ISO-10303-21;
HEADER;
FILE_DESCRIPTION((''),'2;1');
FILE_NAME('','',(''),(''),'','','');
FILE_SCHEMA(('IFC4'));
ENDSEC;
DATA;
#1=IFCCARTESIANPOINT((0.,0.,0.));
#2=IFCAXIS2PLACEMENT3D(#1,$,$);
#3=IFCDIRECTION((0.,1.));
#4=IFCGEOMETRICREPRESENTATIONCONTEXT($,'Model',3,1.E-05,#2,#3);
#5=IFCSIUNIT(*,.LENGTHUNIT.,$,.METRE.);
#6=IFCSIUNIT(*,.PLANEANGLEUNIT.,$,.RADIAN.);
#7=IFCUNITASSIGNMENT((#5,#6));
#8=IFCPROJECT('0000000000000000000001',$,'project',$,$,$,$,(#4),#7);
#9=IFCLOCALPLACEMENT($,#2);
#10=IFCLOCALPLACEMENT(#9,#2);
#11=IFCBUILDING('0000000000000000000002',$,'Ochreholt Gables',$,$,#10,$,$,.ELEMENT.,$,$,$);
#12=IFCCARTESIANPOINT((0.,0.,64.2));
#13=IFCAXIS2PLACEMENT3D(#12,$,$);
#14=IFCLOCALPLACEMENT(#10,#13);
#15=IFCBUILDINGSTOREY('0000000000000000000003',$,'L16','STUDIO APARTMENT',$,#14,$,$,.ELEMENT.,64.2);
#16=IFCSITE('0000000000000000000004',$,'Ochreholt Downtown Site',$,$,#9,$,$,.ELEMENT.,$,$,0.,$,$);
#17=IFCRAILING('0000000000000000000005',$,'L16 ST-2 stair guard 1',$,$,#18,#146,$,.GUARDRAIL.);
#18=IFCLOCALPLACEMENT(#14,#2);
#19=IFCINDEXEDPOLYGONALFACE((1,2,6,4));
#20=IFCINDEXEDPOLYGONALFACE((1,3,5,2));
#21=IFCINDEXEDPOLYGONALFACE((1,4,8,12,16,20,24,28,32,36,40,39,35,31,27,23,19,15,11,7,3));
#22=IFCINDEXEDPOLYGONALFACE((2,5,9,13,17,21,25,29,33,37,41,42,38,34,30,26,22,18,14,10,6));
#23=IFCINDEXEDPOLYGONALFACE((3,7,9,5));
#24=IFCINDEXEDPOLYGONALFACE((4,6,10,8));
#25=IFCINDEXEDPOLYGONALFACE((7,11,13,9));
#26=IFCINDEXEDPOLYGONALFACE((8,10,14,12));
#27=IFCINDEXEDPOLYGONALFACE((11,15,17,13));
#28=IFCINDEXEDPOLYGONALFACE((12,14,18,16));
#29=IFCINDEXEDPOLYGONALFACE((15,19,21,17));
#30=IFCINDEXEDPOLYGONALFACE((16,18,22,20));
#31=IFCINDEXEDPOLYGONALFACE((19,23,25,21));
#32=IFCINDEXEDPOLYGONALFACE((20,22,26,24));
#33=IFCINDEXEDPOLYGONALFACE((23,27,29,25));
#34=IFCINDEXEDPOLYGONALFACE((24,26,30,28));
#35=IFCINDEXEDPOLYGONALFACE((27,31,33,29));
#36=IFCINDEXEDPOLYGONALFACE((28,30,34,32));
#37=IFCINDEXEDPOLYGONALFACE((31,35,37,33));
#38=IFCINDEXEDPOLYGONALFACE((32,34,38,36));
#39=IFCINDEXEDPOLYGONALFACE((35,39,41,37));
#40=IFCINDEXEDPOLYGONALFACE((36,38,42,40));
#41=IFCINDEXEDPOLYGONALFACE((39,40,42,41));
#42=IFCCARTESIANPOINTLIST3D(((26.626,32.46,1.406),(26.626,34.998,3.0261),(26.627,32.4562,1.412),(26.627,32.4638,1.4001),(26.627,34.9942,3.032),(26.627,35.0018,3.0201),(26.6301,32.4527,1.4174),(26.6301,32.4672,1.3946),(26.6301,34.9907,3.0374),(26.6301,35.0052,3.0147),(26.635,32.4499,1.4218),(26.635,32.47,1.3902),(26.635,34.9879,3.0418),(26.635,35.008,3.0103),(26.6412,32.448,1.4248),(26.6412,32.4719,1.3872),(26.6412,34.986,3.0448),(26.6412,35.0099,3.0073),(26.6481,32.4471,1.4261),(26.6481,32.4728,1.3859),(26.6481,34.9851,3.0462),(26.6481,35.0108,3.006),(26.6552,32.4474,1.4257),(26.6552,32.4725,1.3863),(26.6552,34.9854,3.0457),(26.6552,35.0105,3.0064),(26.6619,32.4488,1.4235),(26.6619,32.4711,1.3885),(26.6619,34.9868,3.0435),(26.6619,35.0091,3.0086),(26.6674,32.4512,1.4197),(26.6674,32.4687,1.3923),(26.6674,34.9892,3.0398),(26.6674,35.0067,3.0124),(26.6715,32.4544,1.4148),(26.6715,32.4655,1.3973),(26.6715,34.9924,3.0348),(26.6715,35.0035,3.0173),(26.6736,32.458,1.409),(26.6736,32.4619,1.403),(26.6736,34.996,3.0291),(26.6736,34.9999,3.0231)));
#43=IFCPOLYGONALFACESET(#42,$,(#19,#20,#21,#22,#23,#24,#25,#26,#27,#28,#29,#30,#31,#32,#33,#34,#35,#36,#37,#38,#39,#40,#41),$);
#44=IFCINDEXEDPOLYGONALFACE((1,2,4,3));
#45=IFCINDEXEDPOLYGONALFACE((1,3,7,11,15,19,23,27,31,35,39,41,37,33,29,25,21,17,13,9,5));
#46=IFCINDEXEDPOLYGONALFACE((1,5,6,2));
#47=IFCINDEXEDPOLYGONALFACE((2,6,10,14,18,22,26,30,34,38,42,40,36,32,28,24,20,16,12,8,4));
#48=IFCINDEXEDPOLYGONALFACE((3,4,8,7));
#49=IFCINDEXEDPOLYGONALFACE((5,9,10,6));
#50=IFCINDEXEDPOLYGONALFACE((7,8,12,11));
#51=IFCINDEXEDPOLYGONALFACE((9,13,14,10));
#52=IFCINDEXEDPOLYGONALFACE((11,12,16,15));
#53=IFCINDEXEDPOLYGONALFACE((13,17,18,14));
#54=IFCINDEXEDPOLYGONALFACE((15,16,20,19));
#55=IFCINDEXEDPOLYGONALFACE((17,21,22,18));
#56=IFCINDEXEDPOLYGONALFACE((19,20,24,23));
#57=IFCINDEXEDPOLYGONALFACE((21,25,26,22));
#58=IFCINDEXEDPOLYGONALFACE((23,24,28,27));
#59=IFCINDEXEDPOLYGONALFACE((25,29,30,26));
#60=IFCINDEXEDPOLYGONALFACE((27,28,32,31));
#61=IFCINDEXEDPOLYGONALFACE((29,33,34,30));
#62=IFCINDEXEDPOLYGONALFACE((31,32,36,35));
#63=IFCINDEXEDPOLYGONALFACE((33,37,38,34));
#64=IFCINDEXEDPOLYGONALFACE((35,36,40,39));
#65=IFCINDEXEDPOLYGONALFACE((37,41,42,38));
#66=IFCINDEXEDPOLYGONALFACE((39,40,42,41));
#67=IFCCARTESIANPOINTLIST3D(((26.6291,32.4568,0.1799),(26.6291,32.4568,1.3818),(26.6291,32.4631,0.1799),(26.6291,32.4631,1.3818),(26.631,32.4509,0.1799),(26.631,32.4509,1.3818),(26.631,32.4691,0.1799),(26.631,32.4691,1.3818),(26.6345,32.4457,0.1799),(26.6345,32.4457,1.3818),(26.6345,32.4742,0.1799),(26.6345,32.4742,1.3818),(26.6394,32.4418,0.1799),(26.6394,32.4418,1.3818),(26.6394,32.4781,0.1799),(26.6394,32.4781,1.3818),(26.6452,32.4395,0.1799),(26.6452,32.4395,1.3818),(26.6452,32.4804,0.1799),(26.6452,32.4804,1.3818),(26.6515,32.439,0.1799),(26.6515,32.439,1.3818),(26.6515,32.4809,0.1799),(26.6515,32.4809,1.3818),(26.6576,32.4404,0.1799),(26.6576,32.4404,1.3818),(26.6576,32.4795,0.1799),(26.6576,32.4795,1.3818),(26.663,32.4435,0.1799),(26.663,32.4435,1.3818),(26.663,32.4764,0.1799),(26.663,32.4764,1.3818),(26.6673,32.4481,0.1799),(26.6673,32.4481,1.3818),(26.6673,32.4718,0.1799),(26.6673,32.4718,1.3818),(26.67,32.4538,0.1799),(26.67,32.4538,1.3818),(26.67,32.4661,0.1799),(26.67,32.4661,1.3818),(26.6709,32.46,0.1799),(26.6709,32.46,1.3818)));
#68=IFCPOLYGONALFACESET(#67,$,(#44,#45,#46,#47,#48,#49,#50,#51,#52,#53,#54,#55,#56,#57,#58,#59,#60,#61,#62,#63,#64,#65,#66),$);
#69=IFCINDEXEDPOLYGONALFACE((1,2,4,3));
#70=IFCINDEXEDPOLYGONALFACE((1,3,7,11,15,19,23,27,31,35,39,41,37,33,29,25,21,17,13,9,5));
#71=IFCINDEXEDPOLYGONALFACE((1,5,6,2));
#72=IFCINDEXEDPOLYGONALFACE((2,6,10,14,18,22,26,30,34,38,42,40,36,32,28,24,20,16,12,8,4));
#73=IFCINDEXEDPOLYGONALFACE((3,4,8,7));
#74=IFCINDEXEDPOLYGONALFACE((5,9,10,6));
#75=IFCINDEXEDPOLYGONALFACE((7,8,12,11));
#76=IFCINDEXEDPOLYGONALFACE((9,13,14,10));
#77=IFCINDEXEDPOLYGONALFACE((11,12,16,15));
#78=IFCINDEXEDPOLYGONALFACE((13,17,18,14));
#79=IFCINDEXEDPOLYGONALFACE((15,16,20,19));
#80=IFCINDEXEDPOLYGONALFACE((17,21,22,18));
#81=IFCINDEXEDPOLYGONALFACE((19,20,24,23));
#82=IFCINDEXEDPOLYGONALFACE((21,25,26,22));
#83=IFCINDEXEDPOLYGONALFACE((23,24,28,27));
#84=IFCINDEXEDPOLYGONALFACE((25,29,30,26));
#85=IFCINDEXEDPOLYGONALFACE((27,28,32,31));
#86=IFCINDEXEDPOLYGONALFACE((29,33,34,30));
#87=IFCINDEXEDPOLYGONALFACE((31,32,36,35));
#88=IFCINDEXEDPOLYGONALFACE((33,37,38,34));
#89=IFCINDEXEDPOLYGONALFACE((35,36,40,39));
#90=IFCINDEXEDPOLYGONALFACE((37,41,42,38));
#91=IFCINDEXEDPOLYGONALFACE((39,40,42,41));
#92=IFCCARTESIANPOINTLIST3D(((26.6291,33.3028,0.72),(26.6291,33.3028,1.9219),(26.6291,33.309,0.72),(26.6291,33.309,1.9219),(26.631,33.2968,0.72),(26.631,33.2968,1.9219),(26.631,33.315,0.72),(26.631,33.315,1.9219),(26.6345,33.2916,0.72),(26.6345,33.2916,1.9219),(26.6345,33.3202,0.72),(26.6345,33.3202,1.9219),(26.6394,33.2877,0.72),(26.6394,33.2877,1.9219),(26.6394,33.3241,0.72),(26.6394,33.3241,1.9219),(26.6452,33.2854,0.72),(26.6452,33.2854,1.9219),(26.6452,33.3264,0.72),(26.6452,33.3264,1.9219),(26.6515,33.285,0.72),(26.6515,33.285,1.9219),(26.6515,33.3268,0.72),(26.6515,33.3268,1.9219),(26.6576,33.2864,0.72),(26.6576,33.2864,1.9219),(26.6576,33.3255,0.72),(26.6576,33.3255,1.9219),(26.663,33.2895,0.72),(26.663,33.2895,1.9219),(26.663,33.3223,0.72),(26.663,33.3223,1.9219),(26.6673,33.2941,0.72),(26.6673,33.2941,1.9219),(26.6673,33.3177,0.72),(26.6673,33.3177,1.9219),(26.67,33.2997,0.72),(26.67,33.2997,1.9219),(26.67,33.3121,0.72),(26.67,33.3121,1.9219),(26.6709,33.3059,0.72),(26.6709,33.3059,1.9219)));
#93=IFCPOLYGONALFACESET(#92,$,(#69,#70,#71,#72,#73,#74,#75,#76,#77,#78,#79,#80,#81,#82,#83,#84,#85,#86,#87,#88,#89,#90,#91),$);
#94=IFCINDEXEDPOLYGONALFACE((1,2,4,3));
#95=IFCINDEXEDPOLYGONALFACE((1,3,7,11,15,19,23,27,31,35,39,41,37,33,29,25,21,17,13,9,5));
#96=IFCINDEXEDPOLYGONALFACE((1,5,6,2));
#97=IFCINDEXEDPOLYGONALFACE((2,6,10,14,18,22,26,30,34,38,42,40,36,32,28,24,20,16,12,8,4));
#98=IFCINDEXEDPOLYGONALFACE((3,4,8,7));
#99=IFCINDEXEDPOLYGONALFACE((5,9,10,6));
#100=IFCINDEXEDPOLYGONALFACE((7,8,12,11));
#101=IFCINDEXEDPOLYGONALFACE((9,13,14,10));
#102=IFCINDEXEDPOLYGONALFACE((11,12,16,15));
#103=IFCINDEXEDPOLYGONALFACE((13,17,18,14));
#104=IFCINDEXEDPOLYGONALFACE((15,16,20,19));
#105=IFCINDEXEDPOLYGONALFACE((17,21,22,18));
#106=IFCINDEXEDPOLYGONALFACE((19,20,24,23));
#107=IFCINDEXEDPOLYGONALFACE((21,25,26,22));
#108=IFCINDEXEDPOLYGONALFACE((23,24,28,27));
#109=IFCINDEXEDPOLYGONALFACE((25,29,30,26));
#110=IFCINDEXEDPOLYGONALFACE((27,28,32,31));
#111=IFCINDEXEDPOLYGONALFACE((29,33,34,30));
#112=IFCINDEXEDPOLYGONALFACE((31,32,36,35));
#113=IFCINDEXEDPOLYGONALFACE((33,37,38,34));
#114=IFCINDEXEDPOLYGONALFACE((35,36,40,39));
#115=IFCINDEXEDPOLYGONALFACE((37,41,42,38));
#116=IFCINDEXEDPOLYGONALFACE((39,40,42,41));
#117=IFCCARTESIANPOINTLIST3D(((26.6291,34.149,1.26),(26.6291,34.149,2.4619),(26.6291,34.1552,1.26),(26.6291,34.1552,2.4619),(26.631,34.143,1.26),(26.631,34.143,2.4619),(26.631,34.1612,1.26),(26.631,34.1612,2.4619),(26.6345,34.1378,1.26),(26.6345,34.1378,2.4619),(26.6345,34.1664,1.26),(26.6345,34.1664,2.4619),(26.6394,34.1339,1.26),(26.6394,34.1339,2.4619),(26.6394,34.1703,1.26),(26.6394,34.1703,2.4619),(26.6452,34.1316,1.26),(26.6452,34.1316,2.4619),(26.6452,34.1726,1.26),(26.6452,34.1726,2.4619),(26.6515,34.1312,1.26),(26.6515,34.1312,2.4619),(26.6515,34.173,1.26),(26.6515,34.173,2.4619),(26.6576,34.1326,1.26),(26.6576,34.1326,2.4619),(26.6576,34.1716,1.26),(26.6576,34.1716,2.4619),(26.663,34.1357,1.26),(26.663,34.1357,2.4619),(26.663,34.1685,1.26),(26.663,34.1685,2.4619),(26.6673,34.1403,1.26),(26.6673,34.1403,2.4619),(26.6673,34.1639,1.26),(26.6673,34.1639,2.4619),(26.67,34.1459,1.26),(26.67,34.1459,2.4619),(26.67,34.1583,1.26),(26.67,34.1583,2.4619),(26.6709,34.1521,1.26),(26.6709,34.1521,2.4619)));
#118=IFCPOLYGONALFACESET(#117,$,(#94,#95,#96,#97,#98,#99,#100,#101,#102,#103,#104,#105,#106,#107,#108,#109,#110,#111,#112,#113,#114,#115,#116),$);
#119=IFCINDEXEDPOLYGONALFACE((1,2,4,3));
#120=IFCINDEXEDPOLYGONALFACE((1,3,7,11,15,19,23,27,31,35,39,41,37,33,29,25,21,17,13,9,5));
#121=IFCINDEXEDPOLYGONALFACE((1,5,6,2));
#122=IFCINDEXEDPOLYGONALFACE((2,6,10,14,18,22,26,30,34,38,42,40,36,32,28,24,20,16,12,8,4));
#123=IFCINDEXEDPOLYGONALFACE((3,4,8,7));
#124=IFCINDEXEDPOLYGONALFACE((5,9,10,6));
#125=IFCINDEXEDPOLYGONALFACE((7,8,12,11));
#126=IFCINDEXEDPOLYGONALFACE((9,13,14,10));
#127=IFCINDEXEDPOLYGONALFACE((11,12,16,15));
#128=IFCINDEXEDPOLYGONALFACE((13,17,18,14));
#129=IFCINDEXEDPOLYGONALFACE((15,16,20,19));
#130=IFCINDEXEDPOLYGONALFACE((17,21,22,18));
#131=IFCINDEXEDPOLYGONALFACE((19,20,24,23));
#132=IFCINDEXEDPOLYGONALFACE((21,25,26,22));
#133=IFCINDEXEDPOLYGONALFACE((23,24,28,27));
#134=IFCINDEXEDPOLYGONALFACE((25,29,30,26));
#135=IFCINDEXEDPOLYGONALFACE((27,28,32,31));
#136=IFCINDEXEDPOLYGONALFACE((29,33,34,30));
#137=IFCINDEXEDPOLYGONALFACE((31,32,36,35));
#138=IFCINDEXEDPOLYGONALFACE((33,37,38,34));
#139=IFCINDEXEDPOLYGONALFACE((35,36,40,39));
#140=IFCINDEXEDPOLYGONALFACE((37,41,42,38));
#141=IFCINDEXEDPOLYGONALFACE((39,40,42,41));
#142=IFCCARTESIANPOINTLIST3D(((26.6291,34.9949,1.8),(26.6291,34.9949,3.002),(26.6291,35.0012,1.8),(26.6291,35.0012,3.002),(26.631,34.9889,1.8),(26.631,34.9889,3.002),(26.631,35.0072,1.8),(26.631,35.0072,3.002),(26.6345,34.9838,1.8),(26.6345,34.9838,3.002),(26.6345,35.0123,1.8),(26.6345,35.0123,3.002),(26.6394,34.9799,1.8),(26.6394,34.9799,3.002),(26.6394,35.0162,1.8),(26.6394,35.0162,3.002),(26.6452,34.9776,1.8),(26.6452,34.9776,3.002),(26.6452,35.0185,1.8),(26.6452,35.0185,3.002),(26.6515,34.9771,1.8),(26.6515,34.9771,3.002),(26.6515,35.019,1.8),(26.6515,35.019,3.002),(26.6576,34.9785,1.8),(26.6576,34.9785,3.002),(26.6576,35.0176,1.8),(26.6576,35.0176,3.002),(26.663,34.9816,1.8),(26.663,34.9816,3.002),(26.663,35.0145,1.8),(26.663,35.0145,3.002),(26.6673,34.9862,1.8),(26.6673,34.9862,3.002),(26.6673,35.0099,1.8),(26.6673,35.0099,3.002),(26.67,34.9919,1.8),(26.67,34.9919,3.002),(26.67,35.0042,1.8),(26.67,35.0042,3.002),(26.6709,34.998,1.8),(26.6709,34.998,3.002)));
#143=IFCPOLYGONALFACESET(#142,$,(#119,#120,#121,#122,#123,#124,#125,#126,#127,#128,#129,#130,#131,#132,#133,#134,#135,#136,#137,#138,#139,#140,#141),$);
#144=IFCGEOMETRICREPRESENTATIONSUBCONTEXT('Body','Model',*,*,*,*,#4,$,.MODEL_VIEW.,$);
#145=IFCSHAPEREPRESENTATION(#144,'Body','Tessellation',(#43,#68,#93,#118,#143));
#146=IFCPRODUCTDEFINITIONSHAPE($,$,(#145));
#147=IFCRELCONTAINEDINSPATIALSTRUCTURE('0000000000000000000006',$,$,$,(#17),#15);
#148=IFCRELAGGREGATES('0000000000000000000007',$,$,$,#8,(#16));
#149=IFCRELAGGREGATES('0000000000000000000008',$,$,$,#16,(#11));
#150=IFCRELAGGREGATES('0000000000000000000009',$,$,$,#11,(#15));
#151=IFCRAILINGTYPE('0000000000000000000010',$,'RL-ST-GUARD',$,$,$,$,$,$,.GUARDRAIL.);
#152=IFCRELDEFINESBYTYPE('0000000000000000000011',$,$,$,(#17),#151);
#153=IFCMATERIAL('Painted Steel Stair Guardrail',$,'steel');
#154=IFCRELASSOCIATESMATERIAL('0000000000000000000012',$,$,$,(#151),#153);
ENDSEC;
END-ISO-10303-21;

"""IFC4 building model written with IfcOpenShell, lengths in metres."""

from ifc_helpers import new_model, si_unit, direction, frame, origin, origin_2d, place, context, subcontext, project, spatial, circle, extrude, material, type_object, element, save


model = new_model("IFC4")

# Units and contexts
model_context = context("Model", 3, precision=1e-05, world=origin(), true_north=direction((0.0, 1.0)))
body_context = subcontext(model_context, "Body", "Model", "MODEL_VIEW")
ifc_project = project(units=[si_unit("LENGTHUNIT", "METRE"), si_unit("PLANEANGLEUNIT", "RADIAN")], contexts=[model_context])

# Site, building, storey
site_placement = place(None, origin())
site = spatial("IfcSite", under=ifc_project, at=site_placement, Name="Ochreholt Downtown Site", CompositionType="ELEMENT", RefElevation=0.0)
building_placement = place(site_placement, origin())
building = spatial("IfcBuilding", under=site, at=building_placement, Name="Ochreholt Gables", CompositionType="ELEMENT")
storey_placement = place(building_placement, frame((0.0, 0.0, 64.2)))
storey = spatial("IfcBuildingStorey", under=building, at=storey_placement, Name="L16", Description="STUDIO APARTMENT", CompositionType="ELEMENT", Elevation=64.2)

# Railing
ifc_material_1 = material(Name="Painted Steel Stair Guardrail", Category="steel")
railing_type_1 = type_object("IfcRailingType", Name="RL-ST-GUARD", PredefinedType="GUARDRAIL", material=ifc_material_1)
railing_1_placement = place(storey_placement, frame((26.6499, 32.46, 0.1799)))
element("IfcRailing", 1, at=railing_1_placement, inside=storey, type_object=railing_type_1, Name="L16 ST-2 stair guard 1", PredefinedType="GUARDRAIL", context=body_context, shape_type="SweptSolid", body=[
    extrude(circle(Radius=0.0239, at=origin_2d()), frame((0.0, 0.0, 1.2261), z_axis=(0.0, 0.842913, 0.53805), x_axis=(-1.0, 0.0, 0.0)), (0.0, 0.0, 1.0), 3.011),
    extrude(circle(Radius=0.021, at=origin_2d()), origin(), (0.0, 0.0, 1.0), 1.2019),
    extrude(circle(Radius=0.021, at=origin_2d()), frame((0.0, 0.8459, 0.54)), (0.0, 0.0, 1.0), 1.2019),
    extrude(circle(Radius=0.021, at=origin_2d()), frame((0.0, 1.6921, 1.0801)), (0.0, 0.0, 1.0), 1.2019),
    extrude(circle(Radius=0.021, at=origin_2d()), frame((0.0, 2.5381, 1.6201)), (0.0, 0.0, 1.0), 1.2019),
])

save(model, "model.ifc")
